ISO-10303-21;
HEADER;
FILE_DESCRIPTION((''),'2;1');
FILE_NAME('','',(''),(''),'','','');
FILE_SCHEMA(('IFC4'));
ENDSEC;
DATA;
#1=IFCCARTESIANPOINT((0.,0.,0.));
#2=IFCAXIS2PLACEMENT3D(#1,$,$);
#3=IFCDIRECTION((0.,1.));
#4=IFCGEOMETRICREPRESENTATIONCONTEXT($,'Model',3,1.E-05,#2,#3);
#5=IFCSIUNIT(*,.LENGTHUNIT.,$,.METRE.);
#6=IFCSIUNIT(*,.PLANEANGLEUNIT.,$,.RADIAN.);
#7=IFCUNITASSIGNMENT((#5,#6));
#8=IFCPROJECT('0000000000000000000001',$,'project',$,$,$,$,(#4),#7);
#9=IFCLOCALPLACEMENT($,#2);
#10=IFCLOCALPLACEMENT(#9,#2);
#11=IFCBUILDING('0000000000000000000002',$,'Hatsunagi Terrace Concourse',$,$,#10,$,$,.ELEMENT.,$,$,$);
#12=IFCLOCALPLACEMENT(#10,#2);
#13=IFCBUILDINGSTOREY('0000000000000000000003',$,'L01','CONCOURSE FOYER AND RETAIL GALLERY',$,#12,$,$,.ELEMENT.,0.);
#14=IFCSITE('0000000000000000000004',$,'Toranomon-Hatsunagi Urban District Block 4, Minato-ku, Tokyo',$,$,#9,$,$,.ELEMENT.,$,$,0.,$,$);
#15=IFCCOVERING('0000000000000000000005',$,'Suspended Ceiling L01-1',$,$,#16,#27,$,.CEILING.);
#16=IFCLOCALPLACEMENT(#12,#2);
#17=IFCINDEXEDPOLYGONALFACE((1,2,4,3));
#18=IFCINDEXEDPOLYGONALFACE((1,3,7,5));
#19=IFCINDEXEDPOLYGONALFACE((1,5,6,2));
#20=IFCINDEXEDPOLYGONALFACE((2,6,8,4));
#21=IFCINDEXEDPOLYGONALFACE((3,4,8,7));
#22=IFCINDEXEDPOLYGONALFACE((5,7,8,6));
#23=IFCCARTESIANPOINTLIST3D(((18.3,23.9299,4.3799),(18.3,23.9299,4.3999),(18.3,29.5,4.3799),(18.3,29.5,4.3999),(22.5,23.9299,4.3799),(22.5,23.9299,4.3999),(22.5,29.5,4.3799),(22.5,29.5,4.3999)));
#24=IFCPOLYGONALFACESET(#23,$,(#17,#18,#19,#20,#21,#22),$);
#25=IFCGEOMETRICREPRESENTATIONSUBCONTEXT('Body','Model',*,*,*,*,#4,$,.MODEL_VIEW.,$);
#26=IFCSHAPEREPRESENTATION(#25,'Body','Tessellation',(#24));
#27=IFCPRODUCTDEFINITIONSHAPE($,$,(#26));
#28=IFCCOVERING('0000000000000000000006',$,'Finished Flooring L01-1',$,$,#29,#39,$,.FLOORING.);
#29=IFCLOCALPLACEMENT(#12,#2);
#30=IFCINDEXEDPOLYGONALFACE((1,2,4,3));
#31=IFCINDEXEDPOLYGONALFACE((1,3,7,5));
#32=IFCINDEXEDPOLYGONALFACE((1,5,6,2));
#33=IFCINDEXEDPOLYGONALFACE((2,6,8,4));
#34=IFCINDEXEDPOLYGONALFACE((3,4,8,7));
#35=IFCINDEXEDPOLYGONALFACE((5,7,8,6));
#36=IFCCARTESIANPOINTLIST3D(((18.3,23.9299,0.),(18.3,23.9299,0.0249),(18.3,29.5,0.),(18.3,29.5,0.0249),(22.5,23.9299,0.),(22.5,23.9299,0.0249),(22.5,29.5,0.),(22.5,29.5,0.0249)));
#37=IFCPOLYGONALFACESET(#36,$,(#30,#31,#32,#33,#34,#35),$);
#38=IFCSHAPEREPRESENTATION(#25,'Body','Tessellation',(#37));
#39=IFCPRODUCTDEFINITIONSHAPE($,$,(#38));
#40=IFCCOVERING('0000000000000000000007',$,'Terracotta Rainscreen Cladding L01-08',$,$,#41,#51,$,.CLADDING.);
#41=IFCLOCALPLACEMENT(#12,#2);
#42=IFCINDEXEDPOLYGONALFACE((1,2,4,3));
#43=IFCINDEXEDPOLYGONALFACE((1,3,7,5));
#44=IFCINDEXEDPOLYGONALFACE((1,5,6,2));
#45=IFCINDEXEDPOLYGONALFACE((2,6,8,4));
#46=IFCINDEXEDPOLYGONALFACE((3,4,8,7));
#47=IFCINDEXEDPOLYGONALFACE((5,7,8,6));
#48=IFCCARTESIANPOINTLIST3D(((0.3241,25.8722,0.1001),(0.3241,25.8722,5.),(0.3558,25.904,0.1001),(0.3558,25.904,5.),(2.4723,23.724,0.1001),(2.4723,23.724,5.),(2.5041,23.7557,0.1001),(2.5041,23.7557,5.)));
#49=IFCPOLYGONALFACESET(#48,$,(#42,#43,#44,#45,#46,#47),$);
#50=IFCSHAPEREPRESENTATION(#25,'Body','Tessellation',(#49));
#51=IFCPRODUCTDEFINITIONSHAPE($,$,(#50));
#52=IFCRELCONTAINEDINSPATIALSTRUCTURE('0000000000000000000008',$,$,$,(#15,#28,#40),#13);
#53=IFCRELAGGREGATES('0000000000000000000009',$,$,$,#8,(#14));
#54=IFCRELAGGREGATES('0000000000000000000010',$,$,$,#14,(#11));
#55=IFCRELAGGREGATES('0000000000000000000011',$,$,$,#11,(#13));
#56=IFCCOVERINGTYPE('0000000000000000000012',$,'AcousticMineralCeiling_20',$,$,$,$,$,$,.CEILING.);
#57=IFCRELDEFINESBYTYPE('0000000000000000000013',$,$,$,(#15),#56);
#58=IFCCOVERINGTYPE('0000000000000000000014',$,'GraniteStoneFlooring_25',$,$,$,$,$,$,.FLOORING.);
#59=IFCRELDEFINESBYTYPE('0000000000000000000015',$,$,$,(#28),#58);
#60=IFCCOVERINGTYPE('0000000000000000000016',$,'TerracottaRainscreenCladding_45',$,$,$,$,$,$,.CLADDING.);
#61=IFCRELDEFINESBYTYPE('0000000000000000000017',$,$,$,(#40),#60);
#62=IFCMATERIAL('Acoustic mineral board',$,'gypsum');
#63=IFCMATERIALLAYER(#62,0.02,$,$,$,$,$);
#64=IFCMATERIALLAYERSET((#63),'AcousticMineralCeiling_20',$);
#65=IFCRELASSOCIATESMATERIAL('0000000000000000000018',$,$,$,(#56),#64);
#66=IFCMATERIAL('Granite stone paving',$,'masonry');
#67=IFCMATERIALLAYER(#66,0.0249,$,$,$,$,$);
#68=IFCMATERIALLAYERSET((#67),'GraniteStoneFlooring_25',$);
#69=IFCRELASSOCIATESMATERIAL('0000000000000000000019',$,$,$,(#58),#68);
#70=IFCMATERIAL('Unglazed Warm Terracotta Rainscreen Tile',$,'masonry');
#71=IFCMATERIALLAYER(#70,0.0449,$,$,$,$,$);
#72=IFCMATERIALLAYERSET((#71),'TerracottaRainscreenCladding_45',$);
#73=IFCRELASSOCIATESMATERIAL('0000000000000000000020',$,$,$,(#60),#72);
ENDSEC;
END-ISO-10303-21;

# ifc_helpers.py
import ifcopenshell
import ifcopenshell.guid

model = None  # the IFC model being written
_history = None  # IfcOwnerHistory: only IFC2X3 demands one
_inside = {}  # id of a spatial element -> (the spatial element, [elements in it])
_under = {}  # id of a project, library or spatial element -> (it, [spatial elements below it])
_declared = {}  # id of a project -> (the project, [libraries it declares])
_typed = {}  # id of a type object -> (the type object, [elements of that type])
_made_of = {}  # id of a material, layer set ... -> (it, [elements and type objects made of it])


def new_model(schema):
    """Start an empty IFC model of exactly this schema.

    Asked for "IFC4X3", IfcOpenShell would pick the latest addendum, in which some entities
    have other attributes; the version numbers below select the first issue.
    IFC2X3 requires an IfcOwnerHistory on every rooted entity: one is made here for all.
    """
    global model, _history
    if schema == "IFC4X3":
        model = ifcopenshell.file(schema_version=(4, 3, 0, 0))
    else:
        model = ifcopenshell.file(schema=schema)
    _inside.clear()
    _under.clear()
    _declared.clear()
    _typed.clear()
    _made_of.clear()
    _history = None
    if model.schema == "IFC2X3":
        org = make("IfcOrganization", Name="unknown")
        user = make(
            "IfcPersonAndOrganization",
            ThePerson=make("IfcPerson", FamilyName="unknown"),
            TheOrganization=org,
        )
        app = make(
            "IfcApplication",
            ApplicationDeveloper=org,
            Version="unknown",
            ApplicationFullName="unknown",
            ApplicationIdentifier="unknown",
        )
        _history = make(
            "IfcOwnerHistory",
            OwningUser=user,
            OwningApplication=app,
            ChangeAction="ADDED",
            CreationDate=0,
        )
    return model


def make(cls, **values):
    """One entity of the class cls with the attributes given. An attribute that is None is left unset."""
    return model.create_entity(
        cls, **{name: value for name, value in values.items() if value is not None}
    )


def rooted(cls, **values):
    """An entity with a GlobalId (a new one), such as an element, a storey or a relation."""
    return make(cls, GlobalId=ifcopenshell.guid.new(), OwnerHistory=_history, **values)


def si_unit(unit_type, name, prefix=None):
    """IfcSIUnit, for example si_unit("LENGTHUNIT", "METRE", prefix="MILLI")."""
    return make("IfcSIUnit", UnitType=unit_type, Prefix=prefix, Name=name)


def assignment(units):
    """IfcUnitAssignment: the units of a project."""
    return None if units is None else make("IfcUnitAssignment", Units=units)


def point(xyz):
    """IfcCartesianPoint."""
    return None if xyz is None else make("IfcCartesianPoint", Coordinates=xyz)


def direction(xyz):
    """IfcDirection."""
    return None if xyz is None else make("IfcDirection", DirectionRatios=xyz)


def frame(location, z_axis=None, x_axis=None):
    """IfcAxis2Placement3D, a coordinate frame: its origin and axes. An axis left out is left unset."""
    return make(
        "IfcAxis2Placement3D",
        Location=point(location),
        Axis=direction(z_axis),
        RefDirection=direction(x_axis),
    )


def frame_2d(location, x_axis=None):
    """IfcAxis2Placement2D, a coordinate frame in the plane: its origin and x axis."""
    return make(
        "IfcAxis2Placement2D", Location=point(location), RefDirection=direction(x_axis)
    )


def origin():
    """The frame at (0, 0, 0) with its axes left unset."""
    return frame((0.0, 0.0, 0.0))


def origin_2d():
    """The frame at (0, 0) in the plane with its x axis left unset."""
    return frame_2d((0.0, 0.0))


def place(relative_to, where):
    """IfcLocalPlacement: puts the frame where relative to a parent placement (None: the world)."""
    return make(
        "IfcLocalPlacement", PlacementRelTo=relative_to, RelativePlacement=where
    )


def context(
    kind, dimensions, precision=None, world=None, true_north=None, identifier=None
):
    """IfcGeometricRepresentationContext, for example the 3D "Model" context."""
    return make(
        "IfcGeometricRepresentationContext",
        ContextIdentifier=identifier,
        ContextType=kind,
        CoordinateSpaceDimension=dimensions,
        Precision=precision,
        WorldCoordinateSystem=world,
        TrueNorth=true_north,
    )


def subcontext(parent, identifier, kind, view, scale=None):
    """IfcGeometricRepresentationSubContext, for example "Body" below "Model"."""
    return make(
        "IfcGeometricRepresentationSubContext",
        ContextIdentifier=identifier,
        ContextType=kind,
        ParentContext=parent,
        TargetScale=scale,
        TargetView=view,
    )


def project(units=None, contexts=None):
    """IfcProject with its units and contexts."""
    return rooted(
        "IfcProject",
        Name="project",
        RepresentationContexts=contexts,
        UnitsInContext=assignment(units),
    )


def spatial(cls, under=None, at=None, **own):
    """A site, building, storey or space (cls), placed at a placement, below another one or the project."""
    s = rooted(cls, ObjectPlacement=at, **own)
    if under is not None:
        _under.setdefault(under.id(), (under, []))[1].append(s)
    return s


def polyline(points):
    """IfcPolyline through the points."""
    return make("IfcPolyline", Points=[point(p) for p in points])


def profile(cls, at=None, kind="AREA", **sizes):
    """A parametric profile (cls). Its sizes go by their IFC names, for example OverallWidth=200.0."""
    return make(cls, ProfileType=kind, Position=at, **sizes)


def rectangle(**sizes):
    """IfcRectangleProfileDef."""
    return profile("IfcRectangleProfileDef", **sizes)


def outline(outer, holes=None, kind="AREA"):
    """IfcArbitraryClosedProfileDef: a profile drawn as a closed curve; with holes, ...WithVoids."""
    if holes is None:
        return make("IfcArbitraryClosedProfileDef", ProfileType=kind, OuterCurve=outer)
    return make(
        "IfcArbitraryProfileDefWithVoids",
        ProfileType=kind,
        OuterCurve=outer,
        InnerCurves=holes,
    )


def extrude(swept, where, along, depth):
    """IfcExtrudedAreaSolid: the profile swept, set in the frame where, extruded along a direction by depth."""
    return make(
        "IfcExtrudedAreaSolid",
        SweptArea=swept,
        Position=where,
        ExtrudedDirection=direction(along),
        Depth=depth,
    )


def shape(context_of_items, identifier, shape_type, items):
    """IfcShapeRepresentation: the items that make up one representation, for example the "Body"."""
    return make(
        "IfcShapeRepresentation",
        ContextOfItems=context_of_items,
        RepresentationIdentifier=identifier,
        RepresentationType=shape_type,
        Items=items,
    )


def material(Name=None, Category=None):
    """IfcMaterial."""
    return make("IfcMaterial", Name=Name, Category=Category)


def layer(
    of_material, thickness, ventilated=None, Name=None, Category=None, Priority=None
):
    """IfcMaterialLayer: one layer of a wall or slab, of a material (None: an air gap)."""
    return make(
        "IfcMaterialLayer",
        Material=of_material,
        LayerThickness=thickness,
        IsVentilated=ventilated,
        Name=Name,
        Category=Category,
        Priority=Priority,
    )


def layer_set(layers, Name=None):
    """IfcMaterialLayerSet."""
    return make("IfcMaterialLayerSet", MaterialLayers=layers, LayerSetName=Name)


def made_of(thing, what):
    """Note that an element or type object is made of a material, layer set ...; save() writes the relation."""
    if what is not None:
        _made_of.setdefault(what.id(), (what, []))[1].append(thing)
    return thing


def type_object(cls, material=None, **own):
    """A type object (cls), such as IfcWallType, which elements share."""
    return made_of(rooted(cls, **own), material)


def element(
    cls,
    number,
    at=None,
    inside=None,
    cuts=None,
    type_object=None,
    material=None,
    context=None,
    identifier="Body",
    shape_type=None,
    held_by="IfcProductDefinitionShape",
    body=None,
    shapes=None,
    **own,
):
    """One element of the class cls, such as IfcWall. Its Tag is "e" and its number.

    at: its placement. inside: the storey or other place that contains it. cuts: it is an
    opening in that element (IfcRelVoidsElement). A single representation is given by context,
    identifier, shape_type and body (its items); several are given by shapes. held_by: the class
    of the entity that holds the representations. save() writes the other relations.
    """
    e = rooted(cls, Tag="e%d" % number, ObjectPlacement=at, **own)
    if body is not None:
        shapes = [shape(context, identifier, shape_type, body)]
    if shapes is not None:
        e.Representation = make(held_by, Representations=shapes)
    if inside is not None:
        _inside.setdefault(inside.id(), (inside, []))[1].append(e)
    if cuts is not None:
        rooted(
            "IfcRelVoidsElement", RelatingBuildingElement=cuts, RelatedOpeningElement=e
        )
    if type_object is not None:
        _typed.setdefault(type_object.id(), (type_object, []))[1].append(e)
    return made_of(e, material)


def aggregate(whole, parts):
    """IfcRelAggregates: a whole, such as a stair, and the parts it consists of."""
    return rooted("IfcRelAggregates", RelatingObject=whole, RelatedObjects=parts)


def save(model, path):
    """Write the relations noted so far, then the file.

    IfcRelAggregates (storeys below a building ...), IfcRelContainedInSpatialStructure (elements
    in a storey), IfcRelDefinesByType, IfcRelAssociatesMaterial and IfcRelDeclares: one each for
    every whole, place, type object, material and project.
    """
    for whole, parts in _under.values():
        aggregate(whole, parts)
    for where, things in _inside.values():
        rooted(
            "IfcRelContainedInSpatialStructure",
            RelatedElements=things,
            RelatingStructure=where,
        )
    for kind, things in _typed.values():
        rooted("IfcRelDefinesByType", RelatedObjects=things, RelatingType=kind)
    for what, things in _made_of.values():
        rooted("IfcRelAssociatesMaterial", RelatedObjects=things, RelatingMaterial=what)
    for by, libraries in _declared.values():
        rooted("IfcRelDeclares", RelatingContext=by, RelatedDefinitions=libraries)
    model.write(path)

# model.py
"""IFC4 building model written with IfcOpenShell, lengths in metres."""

from ifc_helpers import new_model, si_unit, direction, frame, origin, origin_2d, place, context, subcontext, project, spatial, polyline, rectangle, outline, extrude, material, layer, layer_set, type_object, element, save


model = new_model("IFC4")

# Units and contexts
model_context = context("Model", 3, precision=1e-05, world=origin(), true_north=direction((0.0, 1.0)))
body_context = subcontext(model_context, "Body", "Model", "MODEL_VIEW")
ifc_project = project(units=[si_unit("LENGTHUNIT", "METRE"), si_unit("PLANEANGLEUNIT", "RADIAN")], contexts=[model_context])

# Site, building, storey
site_placement = place(None, origin())
site = spatial("IfcSite", under=ifc_project, at=site_placement, Name="Toranomon-Hatsunagi Urban District Block 4, Minato-ku, Tokyo", CompositionType="ELEMENT", RefElevation=0.0)
building_placement = place(site_placement, origin())
building = spatial("IfcBuilding", under=site, at=building_placement, Name="Hatsunagi Terrace Concourse", CompositionType="ELEMENT")
storey_placement = place(building_placement, origin())
storey = spatial("IfcBuildingStorey", under=building, at=storey_placement, Name="L01", Description="CONCOURSE FOYER AND RETAIL GALLERY", CompositionType="ELEMENT", Elevation=0.0)

# Coverings
ifc_material_1 = material(Name="Acoustic mineral board", Category="gypsum")
ifc_layer_1 = layer(ifc_material_1, 0.02)
ifc_layer_set_1 = layer_set([ifc_layer_1], Name="AcousticMineralCeiling_20")
covering_type_1 = type_object("IfcCoveringType", Name="AcousticMineralCeiling_20", PredefinedType="CEILING", material=ifc_layer_set_1)
covering_1_placement = place(storey_placement, frame((0.0, 0.0, 4.3799)))
element("IfcCovering", 1, at=covering_1_placement, inside=storey, type_object=covering_type_1, Name="Suspended Ceiling L01-1", PredefinedType="CEILING", context=body_context, shape_type="SweptSolid", body=[
    extrude(outline(polyline([(18.3, 23.9299), (22.5, 23.9299), (22.5, 29.5), (18.3, 29.5), (18.3, 23.9299)])), origin(), (0.0, 0.0, 1.0), 0.02),
])
ifc_material_2 = material(Name="Granite stone paving", Category="masonry")
ifc_layer_2 = layer(ifc_material_2, 0.0249)
ifc_layer_set_2 = layer_set([ifc_layer_2], Name="GraniteStoneFlooring_25")
covering_type_2 = type_object("IfcCoveringType", Name="GraniteStoneFlooring_25", PredefinedType="FLOORING", material=ifc_layer_set_2)
covering_2_placement = place(storey_placement, origin())
element("IfcCovering", 2, at=covering_2_placement, inside=storey, type_object=covering_type_2, Name="Finished Flooring L01-1", PredefinedType="FLOORING", context=body_context, shape_type="SweptSolid", body=[
    extrude(outline(polyline([(18.3, 23.9299), (22.5, 23.9299), (22.5, 29.5), (18.3, 29.5), (18.3, 23.9299)])), origin(), (0.0, 0.0, 1.0), 0.0249),
])
ifc_material_3 = material(Name="Unglazed Warm Terracotta Rainscreen Tile", Category="masonry")
ifc_layer_3 = layer(ifc_material_3, 0.0449)
ifc_layer_set_3 = layer_set([ifc_layer_3], Name="TerracottaRainscreenCladding_45")
covering_type_3 = type_object("IfcCoveringType", Name="TerracottaRainscreenCladding_45", PredefinedType="CLADDING", material=ifc_layer_set_3)
covering_3_placement = place(storey_placement, frame((1.4141, 24.814, 0.1001), z_axis=(0.0, 0.0, 1.0), x_axis=(-0.707107, 0.707107, 0.0)))
element("IfcCovering", 3, at=covering_3_placement, inside=storey, type_object=covering_type_3, Name="Terracotta Rainscreen Cladding L01-08", PredefinedType="CLADDING", context=body_context, shape_type="SweptSolid", body=[
    extrude(rectangle(XDim=3.0381, YDim=0.0449, at=origin_2d()), origin(), (0.0, 0.0, 1.0), 4.8999),
])

save(model, "model.ifc")
